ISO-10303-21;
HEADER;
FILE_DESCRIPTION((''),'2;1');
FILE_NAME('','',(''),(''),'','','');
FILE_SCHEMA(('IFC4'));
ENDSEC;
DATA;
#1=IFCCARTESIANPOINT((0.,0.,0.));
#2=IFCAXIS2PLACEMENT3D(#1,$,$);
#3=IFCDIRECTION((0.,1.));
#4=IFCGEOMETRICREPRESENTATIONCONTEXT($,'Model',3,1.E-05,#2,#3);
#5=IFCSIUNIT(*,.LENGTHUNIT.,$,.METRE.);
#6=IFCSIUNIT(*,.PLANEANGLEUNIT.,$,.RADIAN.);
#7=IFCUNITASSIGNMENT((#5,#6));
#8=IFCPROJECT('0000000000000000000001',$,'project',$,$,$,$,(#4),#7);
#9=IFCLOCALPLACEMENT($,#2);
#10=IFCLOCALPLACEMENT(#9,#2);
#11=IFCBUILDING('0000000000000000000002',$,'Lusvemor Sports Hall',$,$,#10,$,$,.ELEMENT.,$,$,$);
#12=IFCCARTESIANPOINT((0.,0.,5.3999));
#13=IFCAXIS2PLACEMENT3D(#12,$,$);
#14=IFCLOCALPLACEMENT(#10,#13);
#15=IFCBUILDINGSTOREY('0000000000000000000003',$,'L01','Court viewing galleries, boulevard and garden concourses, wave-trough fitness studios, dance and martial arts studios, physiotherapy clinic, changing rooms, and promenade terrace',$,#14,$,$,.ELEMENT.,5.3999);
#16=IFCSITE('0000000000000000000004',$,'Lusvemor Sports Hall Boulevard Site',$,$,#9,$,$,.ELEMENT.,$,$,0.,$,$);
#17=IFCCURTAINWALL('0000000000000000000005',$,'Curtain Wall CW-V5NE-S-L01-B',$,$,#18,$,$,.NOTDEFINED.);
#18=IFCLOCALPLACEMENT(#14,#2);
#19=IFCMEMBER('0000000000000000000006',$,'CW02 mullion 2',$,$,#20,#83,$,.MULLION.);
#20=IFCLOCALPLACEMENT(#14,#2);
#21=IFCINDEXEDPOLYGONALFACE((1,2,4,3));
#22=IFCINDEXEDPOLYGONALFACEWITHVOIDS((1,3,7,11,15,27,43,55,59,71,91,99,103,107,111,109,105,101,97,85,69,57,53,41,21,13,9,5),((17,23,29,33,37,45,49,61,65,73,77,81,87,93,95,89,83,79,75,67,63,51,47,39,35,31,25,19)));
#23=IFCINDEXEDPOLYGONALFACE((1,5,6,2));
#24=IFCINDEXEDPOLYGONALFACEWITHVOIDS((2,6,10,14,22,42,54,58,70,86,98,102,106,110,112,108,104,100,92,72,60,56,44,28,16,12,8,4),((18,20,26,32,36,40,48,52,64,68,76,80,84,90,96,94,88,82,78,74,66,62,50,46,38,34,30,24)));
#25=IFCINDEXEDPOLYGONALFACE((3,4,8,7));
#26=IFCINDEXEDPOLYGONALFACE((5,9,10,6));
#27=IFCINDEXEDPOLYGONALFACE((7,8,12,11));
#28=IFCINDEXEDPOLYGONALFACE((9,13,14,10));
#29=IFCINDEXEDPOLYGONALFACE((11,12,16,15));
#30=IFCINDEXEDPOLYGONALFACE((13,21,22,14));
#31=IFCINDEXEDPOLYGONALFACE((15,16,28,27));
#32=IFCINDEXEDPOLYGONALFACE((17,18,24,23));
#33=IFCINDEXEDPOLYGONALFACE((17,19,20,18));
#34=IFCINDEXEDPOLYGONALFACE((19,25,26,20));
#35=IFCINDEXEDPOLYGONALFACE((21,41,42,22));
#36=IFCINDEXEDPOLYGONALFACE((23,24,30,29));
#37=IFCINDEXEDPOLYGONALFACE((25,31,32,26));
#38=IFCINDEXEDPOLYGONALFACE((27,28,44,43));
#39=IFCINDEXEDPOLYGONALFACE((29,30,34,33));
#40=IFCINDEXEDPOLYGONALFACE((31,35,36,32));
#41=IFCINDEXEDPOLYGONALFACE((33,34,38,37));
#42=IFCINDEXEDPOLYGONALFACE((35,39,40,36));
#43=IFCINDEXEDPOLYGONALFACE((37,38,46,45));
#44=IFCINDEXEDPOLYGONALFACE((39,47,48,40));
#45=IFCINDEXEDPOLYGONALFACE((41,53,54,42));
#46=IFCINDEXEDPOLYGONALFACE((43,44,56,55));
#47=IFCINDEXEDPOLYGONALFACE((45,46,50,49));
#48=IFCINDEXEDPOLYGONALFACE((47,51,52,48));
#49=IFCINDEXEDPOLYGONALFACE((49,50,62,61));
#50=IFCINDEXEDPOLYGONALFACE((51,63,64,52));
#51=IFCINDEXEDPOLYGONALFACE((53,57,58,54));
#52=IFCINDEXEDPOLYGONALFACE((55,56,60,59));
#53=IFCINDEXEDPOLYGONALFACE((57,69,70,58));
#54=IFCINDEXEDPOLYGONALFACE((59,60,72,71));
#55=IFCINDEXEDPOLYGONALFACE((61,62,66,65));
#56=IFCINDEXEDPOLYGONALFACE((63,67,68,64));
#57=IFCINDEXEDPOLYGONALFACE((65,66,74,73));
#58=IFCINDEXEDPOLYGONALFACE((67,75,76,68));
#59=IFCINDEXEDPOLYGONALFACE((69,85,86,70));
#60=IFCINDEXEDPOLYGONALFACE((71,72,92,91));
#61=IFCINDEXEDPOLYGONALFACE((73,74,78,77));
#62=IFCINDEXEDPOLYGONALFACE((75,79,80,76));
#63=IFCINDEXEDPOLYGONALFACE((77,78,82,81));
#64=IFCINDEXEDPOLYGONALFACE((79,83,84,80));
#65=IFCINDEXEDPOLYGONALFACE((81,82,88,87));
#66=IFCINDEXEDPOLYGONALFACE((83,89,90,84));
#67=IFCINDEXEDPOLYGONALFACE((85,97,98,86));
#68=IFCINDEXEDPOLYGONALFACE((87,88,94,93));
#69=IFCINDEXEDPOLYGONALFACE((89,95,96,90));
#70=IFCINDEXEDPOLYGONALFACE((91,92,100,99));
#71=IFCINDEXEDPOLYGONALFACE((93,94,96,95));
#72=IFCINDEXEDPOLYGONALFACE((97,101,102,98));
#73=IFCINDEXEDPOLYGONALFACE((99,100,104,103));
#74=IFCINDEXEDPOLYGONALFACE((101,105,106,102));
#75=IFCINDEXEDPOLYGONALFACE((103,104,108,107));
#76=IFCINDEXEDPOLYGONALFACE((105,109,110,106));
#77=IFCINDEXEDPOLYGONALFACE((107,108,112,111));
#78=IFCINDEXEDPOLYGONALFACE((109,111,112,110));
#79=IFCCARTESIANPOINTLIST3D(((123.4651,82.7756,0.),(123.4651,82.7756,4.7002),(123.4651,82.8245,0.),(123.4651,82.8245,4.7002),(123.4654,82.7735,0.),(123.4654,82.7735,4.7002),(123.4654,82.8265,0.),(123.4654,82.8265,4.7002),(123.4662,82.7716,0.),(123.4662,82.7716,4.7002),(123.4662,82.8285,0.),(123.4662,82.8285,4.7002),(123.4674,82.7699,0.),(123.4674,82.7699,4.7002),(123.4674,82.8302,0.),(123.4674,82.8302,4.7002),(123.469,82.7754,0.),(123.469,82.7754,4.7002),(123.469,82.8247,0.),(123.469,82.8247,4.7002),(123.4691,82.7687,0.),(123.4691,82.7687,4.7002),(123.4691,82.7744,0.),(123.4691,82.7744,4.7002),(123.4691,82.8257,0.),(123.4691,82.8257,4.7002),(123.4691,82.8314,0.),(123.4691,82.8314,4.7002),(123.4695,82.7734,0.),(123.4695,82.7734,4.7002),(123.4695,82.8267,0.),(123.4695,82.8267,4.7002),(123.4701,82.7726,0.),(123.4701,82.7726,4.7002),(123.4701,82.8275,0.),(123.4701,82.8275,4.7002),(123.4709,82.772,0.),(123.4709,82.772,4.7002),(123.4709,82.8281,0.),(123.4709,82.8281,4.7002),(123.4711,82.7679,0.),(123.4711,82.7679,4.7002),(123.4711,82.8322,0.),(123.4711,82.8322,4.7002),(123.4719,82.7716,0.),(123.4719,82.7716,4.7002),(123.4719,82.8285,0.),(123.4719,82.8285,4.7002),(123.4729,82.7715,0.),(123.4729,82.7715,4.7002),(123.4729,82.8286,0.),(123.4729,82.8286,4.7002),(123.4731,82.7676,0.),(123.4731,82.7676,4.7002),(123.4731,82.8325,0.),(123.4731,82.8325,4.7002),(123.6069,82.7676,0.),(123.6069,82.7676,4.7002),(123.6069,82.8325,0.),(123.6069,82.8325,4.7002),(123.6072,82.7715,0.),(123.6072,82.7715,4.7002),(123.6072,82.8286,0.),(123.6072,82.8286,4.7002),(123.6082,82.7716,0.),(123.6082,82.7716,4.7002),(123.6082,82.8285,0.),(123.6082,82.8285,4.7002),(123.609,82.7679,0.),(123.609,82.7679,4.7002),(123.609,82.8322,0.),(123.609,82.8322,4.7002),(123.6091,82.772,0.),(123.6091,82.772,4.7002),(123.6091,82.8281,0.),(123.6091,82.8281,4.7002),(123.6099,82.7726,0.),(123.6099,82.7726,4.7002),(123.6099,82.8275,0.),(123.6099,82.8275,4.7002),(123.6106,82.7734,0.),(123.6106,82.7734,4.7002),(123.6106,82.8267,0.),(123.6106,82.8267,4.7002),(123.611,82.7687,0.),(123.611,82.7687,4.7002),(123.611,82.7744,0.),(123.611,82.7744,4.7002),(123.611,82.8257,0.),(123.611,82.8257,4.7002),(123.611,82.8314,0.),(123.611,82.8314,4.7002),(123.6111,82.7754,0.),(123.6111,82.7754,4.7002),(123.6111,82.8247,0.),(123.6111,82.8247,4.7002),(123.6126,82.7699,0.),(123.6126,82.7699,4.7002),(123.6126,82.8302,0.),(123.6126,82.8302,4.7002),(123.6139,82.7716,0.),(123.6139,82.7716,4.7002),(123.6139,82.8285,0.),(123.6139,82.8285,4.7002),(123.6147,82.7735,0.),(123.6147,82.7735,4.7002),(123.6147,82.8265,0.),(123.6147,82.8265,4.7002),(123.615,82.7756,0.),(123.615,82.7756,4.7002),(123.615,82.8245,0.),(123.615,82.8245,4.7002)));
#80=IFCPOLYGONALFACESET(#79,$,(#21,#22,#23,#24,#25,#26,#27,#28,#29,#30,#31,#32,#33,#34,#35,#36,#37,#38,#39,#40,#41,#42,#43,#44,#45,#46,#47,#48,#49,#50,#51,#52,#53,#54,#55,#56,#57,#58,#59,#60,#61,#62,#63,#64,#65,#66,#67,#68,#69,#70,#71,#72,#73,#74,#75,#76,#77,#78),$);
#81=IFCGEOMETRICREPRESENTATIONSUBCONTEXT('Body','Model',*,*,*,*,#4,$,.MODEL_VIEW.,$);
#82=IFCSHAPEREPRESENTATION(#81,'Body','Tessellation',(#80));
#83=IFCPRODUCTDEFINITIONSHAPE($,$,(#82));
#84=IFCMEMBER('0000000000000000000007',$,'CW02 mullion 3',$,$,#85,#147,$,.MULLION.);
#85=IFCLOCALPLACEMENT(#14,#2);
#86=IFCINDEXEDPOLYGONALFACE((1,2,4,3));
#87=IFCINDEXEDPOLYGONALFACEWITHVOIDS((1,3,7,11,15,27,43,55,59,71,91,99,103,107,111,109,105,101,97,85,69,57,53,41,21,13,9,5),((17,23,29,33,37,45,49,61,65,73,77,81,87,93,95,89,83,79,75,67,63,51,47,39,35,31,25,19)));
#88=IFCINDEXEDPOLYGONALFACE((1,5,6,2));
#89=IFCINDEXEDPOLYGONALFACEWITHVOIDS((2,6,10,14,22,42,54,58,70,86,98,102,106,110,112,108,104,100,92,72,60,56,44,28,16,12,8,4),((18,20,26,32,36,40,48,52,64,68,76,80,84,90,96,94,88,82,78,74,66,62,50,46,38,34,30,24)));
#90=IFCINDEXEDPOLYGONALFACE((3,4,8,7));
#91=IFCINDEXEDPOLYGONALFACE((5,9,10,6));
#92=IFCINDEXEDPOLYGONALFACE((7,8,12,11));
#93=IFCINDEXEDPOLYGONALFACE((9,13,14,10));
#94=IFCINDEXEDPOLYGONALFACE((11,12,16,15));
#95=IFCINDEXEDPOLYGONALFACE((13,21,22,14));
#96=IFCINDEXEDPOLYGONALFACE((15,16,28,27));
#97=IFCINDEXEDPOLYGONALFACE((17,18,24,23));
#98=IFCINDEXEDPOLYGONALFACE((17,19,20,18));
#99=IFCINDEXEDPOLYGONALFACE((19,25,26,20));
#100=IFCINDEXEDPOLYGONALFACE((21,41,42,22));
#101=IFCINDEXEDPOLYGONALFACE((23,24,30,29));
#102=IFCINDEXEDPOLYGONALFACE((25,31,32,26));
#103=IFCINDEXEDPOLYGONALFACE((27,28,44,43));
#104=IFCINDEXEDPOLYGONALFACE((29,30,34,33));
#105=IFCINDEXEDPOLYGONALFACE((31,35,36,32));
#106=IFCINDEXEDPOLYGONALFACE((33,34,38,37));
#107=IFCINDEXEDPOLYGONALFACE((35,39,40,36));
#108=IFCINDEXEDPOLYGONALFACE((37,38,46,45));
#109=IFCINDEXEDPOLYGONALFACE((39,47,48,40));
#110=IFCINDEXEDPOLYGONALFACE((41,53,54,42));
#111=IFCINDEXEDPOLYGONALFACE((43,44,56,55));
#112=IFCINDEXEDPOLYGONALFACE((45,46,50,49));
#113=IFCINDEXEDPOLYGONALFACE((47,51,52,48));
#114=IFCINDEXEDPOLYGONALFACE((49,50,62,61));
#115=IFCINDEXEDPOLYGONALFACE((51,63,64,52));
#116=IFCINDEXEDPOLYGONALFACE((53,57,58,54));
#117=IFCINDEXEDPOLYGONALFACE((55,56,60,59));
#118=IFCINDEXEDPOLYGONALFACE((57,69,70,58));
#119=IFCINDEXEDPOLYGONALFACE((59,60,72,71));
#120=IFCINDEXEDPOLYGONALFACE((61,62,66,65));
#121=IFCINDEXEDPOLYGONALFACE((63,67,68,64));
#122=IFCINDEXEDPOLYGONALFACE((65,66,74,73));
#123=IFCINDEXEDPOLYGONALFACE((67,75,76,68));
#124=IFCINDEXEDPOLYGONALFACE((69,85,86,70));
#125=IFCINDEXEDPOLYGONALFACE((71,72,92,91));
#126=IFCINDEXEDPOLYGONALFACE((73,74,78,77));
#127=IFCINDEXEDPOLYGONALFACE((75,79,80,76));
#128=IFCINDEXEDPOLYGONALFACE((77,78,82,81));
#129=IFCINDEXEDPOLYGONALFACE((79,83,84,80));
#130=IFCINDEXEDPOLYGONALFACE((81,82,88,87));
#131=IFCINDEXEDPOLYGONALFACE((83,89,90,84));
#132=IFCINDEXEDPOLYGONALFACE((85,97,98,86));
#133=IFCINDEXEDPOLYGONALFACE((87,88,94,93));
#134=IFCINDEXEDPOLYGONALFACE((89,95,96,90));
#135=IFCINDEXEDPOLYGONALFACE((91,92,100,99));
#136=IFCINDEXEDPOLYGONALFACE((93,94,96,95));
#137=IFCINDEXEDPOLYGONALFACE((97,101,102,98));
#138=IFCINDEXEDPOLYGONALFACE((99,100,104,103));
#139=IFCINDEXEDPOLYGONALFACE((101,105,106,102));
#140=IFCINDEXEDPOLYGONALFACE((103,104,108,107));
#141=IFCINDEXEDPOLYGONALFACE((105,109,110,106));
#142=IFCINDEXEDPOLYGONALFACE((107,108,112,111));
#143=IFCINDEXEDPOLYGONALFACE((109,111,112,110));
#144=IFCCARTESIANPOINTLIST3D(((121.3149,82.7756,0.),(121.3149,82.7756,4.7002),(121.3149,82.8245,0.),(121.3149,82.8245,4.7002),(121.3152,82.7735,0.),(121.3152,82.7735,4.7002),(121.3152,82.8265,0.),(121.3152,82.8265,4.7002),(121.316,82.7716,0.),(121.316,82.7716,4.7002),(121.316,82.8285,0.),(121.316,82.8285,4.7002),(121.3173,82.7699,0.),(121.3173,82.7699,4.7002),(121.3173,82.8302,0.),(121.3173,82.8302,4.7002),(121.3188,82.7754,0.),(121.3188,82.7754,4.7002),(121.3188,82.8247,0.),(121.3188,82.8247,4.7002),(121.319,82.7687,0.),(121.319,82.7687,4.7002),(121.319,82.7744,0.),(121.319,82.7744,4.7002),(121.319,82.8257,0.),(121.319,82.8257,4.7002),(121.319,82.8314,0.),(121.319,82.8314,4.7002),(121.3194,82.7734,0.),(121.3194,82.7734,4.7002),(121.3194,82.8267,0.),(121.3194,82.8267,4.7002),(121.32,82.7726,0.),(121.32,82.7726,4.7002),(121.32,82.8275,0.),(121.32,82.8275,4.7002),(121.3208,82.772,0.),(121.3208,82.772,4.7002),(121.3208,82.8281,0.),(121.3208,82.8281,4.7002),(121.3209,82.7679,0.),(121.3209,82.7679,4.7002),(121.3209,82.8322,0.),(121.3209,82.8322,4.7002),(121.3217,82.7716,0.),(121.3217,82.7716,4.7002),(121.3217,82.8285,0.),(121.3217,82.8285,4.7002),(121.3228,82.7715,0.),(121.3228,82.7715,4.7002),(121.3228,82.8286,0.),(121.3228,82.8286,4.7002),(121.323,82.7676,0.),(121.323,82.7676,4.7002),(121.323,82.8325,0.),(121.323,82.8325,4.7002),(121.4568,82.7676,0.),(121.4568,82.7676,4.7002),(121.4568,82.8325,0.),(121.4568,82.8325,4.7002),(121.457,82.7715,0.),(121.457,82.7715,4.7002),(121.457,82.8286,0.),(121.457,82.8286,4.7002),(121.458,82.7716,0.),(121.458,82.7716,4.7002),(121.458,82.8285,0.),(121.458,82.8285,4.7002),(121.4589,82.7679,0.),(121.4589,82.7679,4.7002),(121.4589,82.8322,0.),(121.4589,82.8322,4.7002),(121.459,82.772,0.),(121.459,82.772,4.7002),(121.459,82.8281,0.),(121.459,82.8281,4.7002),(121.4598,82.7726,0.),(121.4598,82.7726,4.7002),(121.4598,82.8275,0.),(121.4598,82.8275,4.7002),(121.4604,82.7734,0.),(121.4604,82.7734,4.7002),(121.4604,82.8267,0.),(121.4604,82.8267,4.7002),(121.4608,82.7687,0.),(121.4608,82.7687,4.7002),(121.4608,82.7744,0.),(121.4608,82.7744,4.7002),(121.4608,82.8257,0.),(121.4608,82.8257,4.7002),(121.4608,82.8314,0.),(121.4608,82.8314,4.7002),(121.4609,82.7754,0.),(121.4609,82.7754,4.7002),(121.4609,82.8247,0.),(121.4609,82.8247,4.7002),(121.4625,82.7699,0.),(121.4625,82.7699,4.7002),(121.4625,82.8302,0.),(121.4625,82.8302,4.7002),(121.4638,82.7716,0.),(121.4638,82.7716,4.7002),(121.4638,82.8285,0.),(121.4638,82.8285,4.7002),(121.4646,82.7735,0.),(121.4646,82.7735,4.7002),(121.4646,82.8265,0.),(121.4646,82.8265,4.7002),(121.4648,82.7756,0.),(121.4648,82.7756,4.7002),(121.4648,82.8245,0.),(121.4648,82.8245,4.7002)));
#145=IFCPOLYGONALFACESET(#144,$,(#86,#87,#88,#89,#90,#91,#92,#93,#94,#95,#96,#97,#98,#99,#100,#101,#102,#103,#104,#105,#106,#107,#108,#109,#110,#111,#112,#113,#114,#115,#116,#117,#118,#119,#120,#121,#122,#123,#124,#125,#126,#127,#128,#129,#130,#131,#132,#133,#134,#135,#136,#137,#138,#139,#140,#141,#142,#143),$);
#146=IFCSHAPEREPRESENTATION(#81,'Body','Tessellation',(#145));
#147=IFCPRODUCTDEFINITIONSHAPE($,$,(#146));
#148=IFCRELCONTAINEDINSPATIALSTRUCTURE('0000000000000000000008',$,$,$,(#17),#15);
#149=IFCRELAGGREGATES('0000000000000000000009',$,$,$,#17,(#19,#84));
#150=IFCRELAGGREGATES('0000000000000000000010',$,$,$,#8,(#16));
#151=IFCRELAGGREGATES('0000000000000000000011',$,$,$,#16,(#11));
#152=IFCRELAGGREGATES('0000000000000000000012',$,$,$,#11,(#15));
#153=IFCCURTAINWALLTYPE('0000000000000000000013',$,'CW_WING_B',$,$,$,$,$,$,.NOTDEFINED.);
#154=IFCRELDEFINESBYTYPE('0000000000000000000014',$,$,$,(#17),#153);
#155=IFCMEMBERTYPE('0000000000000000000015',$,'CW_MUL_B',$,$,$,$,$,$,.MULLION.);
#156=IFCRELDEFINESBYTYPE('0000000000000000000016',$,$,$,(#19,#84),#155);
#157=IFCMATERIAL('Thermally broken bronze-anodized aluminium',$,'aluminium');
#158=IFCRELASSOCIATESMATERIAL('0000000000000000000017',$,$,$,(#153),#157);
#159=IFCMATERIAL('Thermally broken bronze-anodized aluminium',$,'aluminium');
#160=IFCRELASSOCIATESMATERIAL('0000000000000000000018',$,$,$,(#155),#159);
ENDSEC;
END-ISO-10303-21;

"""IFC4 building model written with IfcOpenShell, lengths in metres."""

from ifc_helpers import new_model, si_unit, direction, frame, origin, origin_2d, place, context, subcontext, project, spatial, hollow_rectangle, extrude, material, material_profile, profile_set, type_object, element, aggregate, save


model = new_model("IFC4")

# Units and contexts
model_context = context("Model", 3, precision=1e-05, world=origin(), true_north=direction((0.0, 1.0)))
body_context = subcontext(model_context, "Body", "Model", "MODEL_VIEW")
ifc_project = project(units=[si_unit("LENGTHUNIT", "METRE"), si_unit("PLANEANGLEUNIT", "RADIAN")], contexts=[model_context])

# Site, building, storey
site_placement = place(None, origin())
site = spatial("IfcSite", under=ifc_project, at=site_placement, Name="Lusvemor Sports Hall Boulevard Site", CompositionType="ELEMENT", RefElevation=0.0)
building_placement = place(site_placement, origin())
building = spatial("IfcBuilding", under=site, at=building_placement, Name="Lusvemor Sports Hall", CompositionType="ELEMENT")
storey_placement = place(building_placement, frame((0.0, 0.0, 5.3999)))
storey = spatial("IfcBuildingStorey", under=building, at=storey_placement, Name="L01", Description="Court viewing galleries, boulevard and garden concourses, wave-trough fitness studios, dance and martial arts studios, physiotherapy clinic, changing rooms, and promenade terrace", CompositionType="ELEMENT", Elevation=5.3999)

# Shared definitions
ifc_material_1 = material(Name="Thermally broken bronze-anodized aluminium", Category="aluminium")
curtain_wall_type = type_object("IfcCurtainWallType", Name="CW_WING_B", PredefinedType="NOTDEFINED", material=ifc_material_1)
ifc_material_2 = material(Name="Thermally broken bronze-anodized aluminium", Category="aluminium")
ifc_material_profile_1 = material_profile(ifc_material_2, hollow_rectangle(XDim=0.0649, YDim=0.1499, WallThickness=0.0039, InnerFilletRadius=0.0039, OuterFilletRadius=0.0081, at=origin_2d()), Name="CWMUL150x65x4")
ifc_profile_set_1 = profile_set([ifc_material_profile_1], Name="Thermally broken bronze-anodized aluminium")
member_type_1 = type_object("IfcMemberType", Name="CW_MUL_B", PredefinedType="MULLION", material=ifc_profile_set_1)

# Curtain wall, members
curtain_wall_1_placement = place(storey_placement, origin())
curtain_wall_1 = element("IfcCurtainWall", 1, at=curtain_wall_1_placement, inside=storey, type_object=curtain_wall_type, Name="Curtain Wall CW-V5NE-S-L01-B", PredefinedType="NOTDEFINED")
member_1_placement = place(storey_placement, frame((123.54, 82.8, 0.0), z_axis=(0.0, 0.0, 1.0), x_axis=(0.0, -1.0, 0.0)))
member_1 = element("IfcMember", 2, at=member_1_placement, type_object=member_type_1, Name="CW02 mullion 2", PredefinedType="MULLION", context=body_context, shape_type="SweptSolid", body=[
    extrude(hollow_rectangle(XDim=0.0649, YDim=0.1499, WallThickness=0.0039, InnerFilletRadius=0.0039, OuterFilletRadius=0.0081, at=origin_2d()), origin(), (0.0, 0.0, 1.0), 4.7002),
])
member_2_placement = place(storey_placement, frame((121.3899, 82.8, 0.0), z_axis=(0.0, 0.0, 1.0), x_axis=(0.0, -1.0, 0.0)))
member_2 = element("IfcMember", 3, at=member_2_placement, type_object=member_type_1, Name="CW02 mullion 3", PredefinedType="MULLION", context=body_context, shape_type="SweptSolid", body=[
    extrude(hollow_rectangle(XDim=0.0649, YDim=0.1499, WallThickness=0.0039, InnerFilletRadius=0.0039, OuterFilletRadius=0.0081, at=origin_2d()), origin(), (0.0, 0.0, 1.0), 4.7002),
])

aggregate(curtain_wall_1, [member_1, member_2])

save(model, "model.ifc")
